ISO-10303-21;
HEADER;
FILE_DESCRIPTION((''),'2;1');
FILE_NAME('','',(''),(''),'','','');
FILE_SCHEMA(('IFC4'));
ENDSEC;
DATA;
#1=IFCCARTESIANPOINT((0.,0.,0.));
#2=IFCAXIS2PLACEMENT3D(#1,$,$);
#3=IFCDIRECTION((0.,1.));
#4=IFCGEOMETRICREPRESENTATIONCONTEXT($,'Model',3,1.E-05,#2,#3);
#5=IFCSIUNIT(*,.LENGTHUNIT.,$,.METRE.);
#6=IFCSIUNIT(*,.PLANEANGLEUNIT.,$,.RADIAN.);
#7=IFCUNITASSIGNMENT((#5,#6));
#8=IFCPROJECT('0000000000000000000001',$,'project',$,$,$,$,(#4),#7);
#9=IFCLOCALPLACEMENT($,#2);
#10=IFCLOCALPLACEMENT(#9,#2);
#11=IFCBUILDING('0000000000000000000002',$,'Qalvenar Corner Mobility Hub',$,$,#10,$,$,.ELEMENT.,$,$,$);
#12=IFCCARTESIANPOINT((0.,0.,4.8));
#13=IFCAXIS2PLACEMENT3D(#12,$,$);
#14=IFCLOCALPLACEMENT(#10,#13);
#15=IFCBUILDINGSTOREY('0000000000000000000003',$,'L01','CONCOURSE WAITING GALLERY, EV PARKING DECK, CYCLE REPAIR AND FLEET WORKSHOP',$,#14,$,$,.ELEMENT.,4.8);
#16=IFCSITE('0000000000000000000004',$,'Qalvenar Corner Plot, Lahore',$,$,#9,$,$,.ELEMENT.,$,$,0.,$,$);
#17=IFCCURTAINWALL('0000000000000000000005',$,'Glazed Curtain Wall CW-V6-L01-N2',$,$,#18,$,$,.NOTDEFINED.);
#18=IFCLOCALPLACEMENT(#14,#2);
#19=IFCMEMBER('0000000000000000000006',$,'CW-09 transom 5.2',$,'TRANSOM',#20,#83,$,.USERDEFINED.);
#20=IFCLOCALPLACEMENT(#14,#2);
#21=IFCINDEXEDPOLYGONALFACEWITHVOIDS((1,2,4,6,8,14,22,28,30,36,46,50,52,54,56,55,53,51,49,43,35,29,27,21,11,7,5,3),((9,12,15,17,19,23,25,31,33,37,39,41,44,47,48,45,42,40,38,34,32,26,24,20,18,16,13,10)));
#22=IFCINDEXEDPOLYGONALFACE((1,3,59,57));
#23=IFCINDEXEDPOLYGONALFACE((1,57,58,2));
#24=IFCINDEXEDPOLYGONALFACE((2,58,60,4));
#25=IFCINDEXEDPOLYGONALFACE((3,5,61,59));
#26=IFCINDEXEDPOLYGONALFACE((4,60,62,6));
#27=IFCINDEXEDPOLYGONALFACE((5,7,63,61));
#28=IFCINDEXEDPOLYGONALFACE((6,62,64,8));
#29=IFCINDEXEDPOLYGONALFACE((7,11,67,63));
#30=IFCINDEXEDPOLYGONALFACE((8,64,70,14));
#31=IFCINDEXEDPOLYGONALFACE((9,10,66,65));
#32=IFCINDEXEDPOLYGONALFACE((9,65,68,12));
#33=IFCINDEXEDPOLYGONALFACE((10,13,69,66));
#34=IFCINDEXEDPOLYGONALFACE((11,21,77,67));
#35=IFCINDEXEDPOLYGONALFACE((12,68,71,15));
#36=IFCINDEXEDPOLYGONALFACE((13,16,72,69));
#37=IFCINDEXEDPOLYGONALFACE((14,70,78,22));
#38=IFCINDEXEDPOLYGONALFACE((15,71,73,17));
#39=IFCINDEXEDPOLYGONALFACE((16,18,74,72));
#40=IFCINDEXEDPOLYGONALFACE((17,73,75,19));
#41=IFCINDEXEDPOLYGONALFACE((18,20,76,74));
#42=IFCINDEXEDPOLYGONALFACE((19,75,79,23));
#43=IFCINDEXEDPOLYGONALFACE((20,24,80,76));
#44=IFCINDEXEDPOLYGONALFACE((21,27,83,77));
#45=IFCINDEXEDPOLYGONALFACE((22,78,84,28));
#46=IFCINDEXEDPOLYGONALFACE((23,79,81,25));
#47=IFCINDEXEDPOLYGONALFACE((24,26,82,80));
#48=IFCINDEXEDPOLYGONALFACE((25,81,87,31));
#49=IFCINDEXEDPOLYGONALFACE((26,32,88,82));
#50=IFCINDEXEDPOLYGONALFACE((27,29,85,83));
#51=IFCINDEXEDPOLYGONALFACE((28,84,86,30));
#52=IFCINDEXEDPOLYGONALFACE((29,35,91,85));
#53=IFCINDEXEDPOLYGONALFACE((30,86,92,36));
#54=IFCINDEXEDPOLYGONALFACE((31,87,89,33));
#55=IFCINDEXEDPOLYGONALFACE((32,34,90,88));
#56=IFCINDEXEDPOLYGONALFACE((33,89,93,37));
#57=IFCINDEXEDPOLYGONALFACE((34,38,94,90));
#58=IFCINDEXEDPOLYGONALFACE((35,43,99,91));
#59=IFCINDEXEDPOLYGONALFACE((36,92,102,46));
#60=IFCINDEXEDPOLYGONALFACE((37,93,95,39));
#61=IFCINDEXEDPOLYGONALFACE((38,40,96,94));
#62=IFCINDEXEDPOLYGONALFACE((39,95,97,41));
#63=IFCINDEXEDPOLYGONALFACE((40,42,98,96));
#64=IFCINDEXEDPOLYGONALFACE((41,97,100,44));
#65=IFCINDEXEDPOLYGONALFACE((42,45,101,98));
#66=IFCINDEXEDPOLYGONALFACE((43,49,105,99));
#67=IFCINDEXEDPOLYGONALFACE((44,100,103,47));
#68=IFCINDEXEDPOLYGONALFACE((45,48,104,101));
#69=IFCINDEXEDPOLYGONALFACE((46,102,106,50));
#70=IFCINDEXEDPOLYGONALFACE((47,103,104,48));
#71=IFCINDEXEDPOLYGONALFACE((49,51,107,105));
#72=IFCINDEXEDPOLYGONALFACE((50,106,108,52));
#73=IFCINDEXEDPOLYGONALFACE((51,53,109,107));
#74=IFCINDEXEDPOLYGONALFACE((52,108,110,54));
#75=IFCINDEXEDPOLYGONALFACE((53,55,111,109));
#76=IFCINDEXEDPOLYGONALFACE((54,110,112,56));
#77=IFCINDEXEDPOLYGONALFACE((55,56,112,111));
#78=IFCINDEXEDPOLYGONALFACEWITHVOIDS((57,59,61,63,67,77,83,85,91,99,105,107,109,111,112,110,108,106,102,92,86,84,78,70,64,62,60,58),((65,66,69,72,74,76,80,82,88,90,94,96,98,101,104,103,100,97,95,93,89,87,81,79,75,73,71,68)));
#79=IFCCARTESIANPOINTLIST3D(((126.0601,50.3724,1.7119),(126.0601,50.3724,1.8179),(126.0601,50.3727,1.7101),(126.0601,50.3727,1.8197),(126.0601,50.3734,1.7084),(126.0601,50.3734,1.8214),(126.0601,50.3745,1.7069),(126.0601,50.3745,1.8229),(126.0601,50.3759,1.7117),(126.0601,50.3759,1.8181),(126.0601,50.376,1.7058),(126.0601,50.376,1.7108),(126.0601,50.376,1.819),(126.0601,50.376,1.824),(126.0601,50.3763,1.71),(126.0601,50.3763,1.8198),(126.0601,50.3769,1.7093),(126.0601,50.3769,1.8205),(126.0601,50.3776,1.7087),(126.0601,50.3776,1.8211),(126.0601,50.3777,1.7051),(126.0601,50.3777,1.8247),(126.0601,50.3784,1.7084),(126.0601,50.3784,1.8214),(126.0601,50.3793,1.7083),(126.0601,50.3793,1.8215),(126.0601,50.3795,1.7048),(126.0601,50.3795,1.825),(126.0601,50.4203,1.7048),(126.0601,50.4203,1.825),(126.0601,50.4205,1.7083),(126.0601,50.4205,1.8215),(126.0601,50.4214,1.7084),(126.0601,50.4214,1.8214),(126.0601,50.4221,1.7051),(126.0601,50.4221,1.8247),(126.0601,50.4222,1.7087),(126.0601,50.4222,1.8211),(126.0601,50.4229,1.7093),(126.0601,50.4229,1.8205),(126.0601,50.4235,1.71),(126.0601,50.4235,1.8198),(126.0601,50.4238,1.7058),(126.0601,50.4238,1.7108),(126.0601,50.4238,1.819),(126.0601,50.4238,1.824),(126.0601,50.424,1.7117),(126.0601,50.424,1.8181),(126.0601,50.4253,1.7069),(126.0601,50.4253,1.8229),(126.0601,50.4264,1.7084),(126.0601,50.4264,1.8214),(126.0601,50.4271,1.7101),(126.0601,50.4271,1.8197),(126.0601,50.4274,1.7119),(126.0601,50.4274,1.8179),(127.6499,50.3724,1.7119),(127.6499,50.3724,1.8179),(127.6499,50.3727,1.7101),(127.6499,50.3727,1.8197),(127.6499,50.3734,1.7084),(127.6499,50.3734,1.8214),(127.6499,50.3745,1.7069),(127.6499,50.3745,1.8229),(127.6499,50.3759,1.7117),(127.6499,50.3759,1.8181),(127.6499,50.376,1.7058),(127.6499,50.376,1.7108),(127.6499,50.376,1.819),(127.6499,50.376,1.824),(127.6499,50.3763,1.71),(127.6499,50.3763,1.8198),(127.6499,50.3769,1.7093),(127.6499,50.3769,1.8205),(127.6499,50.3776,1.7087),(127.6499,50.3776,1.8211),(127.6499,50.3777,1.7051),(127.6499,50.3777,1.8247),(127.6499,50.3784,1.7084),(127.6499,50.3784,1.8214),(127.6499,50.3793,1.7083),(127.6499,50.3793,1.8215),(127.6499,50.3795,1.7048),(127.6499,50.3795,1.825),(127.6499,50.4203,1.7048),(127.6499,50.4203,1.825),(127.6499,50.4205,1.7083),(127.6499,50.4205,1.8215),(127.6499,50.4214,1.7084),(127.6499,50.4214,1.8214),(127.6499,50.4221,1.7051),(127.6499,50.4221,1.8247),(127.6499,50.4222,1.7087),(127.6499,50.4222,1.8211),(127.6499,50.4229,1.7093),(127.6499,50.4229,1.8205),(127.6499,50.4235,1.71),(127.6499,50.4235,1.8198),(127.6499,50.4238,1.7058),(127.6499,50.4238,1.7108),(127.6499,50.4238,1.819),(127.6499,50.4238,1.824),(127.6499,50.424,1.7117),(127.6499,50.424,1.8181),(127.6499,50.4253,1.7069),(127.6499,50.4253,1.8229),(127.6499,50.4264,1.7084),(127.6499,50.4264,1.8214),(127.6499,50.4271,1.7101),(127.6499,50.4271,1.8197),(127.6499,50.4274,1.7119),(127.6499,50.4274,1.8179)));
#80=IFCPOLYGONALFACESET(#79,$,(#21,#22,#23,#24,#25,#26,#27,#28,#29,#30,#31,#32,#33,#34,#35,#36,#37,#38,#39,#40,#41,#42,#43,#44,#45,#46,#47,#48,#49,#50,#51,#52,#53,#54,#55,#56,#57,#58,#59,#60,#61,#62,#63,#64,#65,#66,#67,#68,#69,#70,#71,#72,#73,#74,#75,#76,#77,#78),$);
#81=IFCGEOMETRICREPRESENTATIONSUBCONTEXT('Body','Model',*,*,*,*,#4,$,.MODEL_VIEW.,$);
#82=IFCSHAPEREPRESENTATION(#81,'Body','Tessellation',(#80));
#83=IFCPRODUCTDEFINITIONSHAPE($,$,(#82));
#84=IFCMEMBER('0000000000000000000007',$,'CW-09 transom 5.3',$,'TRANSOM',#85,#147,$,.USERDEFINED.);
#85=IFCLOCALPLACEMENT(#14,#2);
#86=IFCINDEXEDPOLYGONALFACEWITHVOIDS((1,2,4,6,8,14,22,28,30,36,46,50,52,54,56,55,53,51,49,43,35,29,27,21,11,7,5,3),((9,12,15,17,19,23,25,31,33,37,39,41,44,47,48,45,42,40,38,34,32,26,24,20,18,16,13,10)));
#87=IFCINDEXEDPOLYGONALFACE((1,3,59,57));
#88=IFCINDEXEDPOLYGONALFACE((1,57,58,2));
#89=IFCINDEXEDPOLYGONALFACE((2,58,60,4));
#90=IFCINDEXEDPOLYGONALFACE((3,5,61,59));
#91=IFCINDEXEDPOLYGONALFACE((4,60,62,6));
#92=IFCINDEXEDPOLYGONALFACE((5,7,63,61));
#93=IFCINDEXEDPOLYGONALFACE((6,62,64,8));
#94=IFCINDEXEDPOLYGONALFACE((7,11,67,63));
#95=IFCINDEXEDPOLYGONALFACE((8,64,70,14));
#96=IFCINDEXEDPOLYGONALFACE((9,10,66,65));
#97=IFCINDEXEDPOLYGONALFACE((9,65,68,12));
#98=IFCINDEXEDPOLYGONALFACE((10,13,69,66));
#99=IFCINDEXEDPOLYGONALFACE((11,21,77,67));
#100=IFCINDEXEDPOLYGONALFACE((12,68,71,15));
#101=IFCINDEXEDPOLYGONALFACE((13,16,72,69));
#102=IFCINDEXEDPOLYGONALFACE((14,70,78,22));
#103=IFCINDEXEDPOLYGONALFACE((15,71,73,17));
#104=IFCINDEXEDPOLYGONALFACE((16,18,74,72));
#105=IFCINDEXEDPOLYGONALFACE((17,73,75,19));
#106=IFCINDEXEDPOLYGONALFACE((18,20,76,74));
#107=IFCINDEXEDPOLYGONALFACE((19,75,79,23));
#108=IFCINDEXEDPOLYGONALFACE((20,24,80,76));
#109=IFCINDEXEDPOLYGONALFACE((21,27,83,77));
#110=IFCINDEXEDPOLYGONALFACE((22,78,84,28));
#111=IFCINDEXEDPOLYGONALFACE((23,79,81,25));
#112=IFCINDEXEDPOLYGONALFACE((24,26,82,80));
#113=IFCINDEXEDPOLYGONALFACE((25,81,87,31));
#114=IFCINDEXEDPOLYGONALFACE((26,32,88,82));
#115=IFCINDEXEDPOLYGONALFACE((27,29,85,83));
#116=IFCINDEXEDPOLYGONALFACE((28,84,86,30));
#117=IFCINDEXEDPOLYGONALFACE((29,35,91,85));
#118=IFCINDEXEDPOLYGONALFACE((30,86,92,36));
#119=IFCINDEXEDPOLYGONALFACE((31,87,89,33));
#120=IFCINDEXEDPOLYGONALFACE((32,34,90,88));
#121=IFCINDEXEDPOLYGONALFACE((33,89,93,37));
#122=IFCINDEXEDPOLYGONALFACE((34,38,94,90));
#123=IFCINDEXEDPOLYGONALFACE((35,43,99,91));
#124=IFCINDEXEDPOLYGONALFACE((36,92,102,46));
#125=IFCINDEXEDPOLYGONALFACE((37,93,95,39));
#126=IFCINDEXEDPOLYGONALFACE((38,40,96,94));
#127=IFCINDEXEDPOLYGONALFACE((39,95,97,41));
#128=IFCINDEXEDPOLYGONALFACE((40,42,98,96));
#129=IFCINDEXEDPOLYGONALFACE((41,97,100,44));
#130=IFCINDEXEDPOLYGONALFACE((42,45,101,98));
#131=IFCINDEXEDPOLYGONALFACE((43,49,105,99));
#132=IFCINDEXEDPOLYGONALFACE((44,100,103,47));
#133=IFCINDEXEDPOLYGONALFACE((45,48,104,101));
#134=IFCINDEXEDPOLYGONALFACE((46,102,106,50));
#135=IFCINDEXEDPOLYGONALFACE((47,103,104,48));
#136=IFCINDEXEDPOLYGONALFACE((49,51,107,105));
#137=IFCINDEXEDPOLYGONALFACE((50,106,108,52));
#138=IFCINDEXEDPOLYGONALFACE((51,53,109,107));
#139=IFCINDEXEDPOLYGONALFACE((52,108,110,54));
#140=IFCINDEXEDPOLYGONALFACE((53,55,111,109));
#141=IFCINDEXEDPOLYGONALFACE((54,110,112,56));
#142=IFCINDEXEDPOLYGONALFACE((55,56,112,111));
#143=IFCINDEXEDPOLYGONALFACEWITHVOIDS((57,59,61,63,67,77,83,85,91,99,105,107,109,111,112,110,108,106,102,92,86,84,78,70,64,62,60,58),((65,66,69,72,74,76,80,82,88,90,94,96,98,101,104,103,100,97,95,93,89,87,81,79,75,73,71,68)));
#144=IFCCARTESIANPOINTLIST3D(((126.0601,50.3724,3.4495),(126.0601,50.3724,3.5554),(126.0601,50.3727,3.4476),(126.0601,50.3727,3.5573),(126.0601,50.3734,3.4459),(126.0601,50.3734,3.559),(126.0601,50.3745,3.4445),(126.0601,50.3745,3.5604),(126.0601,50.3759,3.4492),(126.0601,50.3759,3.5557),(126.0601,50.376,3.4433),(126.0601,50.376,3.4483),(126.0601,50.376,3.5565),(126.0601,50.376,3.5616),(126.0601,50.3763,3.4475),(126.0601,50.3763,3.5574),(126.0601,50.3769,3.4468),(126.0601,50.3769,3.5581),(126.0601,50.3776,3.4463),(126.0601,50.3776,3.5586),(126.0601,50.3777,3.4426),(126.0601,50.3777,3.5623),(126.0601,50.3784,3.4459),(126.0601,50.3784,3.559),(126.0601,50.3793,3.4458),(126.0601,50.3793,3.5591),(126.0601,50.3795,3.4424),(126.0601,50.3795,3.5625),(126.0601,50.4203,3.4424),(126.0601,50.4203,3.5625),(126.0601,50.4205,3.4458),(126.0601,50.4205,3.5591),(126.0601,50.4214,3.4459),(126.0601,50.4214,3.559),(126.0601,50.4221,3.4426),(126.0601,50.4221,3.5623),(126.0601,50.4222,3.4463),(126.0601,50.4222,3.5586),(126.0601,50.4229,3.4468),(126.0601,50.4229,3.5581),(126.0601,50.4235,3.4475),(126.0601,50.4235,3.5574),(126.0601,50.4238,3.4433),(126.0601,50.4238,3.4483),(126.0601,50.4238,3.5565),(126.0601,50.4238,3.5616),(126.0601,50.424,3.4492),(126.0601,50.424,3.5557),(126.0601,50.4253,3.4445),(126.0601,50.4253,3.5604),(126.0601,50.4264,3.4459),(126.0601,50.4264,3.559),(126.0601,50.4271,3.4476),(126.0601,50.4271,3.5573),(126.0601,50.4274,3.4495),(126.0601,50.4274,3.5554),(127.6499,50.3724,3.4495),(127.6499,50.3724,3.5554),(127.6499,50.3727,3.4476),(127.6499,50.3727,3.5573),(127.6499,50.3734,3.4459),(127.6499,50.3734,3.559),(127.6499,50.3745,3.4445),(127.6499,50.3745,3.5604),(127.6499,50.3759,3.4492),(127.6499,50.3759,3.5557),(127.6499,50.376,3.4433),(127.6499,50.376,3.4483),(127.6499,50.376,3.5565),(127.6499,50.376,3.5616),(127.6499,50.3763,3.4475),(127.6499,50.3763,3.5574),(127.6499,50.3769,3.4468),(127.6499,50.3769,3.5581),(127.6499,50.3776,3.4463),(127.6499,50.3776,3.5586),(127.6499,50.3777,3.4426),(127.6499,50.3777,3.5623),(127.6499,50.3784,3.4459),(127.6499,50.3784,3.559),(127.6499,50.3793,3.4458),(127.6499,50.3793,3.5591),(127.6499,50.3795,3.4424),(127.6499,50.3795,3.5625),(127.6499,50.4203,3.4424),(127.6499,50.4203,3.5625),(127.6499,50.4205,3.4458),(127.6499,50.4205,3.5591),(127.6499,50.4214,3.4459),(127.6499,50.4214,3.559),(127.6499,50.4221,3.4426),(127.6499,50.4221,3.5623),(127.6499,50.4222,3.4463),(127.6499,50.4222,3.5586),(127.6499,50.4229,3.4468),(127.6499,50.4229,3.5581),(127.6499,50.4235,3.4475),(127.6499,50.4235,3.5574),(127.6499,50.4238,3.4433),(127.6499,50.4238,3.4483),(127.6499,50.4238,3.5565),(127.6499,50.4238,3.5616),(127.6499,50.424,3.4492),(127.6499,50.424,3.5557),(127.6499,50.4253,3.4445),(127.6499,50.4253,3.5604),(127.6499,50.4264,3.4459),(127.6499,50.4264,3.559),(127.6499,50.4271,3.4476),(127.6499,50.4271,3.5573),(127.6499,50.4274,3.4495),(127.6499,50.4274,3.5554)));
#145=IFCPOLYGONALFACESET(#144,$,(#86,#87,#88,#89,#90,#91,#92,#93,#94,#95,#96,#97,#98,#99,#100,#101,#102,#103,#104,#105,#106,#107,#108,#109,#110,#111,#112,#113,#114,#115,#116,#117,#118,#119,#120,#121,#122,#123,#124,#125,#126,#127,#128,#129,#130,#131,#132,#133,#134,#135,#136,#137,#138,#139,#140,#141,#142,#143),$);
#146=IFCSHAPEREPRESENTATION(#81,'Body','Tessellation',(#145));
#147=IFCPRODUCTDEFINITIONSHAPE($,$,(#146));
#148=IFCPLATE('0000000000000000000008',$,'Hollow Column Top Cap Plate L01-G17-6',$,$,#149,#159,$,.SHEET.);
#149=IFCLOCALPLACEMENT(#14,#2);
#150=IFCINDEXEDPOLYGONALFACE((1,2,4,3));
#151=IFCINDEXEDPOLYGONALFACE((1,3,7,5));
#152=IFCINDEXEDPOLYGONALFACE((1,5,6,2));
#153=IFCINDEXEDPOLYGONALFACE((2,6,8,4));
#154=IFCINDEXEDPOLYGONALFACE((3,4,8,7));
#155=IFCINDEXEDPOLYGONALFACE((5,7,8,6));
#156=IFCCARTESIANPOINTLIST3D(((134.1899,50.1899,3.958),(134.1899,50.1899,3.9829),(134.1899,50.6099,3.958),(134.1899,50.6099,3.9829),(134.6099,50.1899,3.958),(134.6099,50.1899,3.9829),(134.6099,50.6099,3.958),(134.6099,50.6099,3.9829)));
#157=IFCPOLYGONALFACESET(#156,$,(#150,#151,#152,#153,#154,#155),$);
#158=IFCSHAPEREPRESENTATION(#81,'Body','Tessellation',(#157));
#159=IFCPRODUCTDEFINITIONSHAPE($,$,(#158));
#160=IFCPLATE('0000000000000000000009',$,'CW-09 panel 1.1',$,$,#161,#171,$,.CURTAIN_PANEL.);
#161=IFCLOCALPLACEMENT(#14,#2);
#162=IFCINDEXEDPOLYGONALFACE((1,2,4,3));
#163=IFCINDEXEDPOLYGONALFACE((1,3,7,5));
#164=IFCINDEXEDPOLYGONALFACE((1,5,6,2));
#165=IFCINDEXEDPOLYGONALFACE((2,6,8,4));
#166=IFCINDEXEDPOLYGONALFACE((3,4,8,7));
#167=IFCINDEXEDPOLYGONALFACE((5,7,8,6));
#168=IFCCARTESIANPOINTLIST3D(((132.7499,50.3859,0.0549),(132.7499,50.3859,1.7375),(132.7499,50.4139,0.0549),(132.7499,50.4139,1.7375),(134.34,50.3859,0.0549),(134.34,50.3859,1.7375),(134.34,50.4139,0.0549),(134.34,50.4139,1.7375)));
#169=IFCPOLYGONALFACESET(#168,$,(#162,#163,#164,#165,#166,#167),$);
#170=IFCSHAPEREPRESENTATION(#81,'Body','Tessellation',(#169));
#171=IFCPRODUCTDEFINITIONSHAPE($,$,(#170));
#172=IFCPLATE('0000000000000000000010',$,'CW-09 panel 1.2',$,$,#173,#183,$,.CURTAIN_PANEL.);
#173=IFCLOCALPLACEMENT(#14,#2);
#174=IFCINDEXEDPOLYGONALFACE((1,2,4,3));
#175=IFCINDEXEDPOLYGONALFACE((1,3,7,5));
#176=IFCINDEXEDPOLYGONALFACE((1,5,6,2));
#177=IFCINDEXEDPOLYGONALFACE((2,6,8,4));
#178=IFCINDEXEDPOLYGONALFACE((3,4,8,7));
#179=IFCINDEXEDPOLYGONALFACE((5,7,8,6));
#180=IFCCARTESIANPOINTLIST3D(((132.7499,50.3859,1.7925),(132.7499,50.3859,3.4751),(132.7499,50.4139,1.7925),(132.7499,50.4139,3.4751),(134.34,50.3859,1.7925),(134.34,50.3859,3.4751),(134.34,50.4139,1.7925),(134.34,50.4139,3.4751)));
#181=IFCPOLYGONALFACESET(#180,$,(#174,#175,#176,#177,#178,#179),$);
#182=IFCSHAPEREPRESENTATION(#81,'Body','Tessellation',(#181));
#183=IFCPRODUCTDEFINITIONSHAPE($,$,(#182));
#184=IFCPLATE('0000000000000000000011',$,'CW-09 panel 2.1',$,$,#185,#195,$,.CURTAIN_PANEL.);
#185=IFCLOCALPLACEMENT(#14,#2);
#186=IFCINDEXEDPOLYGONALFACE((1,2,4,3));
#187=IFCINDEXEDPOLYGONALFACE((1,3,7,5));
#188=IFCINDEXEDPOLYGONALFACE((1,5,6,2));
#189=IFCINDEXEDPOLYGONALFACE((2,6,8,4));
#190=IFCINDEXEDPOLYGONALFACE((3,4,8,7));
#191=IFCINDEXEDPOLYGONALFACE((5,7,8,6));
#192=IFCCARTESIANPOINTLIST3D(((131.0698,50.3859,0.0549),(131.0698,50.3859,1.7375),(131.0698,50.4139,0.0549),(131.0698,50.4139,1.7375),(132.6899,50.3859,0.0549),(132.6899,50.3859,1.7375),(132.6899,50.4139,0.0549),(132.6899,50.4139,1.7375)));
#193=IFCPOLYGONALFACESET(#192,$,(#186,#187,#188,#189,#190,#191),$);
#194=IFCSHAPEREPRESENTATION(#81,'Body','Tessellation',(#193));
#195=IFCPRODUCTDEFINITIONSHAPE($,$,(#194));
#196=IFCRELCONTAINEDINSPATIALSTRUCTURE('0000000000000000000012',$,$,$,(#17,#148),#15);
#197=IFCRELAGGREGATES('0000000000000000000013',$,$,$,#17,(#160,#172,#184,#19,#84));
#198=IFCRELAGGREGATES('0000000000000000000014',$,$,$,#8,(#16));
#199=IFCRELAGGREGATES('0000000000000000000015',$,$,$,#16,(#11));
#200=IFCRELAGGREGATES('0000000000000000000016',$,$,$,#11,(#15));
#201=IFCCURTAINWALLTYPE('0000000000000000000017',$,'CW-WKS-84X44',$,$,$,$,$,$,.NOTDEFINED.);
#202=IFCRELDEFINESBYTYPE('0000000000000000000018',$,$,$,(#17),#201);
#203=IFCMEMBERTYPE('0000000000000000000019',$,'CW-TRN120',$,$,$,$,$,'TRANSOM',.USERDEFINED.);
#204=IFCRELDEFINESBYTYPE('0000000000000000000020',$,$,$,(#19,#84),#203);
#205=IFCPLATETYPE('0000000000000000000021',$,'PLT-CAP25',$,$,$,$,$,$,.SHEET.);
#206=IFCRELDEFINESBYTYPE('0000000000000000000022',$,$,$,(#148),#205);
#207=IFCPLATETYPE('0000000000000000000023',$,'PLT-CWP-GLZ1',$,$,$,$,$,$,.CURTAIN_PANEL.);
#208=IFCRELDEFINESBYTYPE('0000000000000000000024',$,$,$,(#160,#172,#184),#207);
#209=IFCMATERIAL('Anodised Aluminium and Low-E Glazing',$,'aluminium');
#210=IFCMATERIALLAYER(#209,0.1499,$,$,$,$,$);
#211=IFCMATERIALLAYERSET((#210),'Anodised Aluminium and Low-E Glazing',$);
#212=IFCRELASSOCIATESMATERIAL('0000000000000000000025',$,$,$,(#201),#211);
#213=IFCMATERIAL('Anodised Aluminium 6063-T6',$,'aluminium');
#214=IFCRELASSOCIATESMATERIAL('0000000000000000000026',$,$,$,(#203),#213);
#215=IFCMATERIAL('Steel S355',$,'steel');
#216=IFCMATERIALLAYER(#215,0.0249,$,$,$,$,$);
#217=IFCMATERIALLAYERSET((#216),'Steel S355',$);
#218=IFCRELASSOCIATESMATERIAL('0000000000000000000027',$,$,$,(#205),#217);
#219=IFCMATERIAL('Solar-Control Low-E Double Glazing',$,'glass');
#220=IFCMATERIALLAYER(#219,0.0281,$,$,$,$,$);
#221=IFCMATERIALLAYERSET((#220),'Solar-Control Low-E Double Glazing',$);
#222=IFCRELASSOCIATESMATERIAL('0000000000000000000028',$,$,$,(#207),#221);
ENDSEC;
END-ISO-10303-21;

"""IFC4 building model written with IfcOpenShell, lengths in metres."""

from ifc_helpers import new_model, si_unit, direction, frame, origin, origin_2d, place, context, subcontext, project, spatial, rectangle, hollow_rectangle, extrude, material, layer, layer_set, material_profile, profile_set, type_object, element, aggregate, save


model = new_model("IFC4")

# Units and contexts
model_context = context("Model", 3, precision=1e-05, world=origin(), true_north=direction((0.0, 1.0)))
body_context = subcontext(model_context, "Body", "Model", "MODEL_VIEW")
ifc_project = project(units=[si_unit("LENGTHUNIT", "METRE"), si_unit("PLANEANGLEUNIT", "RADIAN")], contexts=[model_context])

# Site, building, storey
site_placement = place(None, origin())
site = spatial("IfcSite", under=ifc_project, at=site_placement, Name="Qalvenar Corner Plot, Lahore", CompositionType="ELEMENT", RefElevation=0.0)
building_placement = place(site_placement, origin())
building = spatial("IfcBuilding", under=site, at=building_placement, Name="Qalvenar Corner Mobility Hub", CompositionType="ELEMENT")
storey_placement = place(building_placement, frame((0.0, 0.0, 4.8)))
storey = spatial("IfcBuildingStorey", under=building, at=storey_placement, Name="L01", Description="CONCOURSE WAITING GALLERY, EV PARKING DECK, CYCLE REPAIR AND FLEET WORKSHOP", CompositionType="ELEMENT", Elevation=4.8)

# Curtain wall, members
ifc_material_1 = material(Name="Anodised Aluminium and Low-E Glazing", Category="aluminium")
ifc_layer_1 = layer(ifc_material_1, 0.1499)
ifc_layer_set_1 = layer_set([ifc_layer_1], Name="Anodised Aluminium and Low-E Glazing")
curtain_wall_type = type_object("IfcCurtainWallType", Name="CW-WKS-84X44", PredefinedType="NOTDEFINED", material=ifc_layer_set_1)
curtain_wall_placement = place(storey_placement, origin())
curtain_wall = element("IfcCurtainWall", 1, at=curtain_wall_placement, inside=storey, type_object=curtain_wall_type, Name="Glazed Curtain Wall CW-V6-L01-N2", PredefinedType="NOTDEFINED")
ifc_material_2 = material(Name="Anodised Aluminium 6063-T6", Category="aluminium")
ifc_material_profile_1 = material_profile(ifc_material_2, hollow_rectangle(XDim=0.0549, YDim=0.1201, WallThickness=0.0034, InnerFilletRadius=0.0034, OuterFilletRadius=0.0071, at=origin_2d()), Name="RHS120x55x3.5")
ifc_profile_set_1 = profile_set([ifc_material_profile_1], Name="Anodised Aluminium 6063-T6")
member_type_1 = type_object("IfcMemberType", Name="CW-TRN120", ElementType="TRANSOM", PredefinedType="USERDEFINED", material=ifc_profile_set_1)
member_1_placement = place(storey_placement, frame((127.6499, 50.3999, 1.7649), z_axis=(-1.0, 0.0, 0.0), x_axis=(0.0, -1.0, 0.0)))
member_1 = element("IfcMember", 2, at=member_1_placement, type_object=member_type_1, Name="CW-09 transom 5.2", ObjectType="TRANSOM", PredefinedType="USERDEFINED", context=body_context, shape_type="SweptSolid", body=[
    extrude(hollow_rectangle(XDim=0.0549, YDim=0.1201, WallThickness=0.0034, InnerFilletRadius=0.0034, OuterFilletRadius=0.0071, at=origin_2d()), origin(), (0.0, 0.0, 1.0), 1.5898),
])
member_2_placement = place(storey_placement, frame((127.6499, 50.3999, 3.5024), z_axis=(-1.0, 0.0, 0.0), x_axis=(0.0, -1.0, 0.0)))
member_2 = element("IfcMember", 3, at=member_2_placement, type_object=member_type_1, Name="CW-09 transom 5.3", ObjectType="TRANSOM", PredefinedType="USERDEFINED", context=body_context, shape_type="SweptSolid", body=[
    extrude(hollow_rectangle(XDim=0.0549, YDim=0.1201, WallThickness=0.0034, InnerFilletRadius=0.0034, OuterFilletRadius=0.0071, at=origin_2d()), origin(), (0.0, 0.0, 1.0), 1.5898),
])

# Plates
ifc_material_3 = material(Name="Steel S355", Category="steel")
ifc_layer_2 = layer(ifc_material_3, 0.0249)
ifc_layer_set_2 = layer_set([ifc_layer_2], Name="Steel S355")
plate_type_1 = type_object("IfcPlateType", Name="PLT-CAP25", PredefinedType="SHEET", material=ifc_layer_set_2)
plate_1_placement = place(storey_placement, frame((134.3999, 50.3999, 3.958), z_axis=(0.0, 0.0, 1.0), x_axis=(1.0, 0.0, 0.0)))
element("IfcPlate", 4, at=plate_1_placement, inside=storey, type_object=plate_type_1, Name="Hollow Column Top Cap Plate L01-G17-6", PredefinedType="SHEET", context=body_context, shape_type="SweptSolid", body=[
    extrude(rectangle(XDim=0.4199, YDim=0.4199, at=origin_2d()), origin(), (0.0, 0.0, 1.0), 0.0249),
])
ifc_material_4 = material(Name="Solar-Control Low-E Double Glazing", Category="glass")
ifc_layer_3 = layer(ifc_material_4, 0.0281)
ifc_layer_set_3 = layer_set([ifc_layer_3], Name="Solar-Control Low-E Double Glazing")
plate_type_2 = type_object("IfcPlateType", Name="PLT-CWP-GLZ1", PredefinedType="CURTAIN_PANEL", material=ifc_layer_set_3)
plate_2_placement = place(storey_placement, frame((133.5449, 50.3999, 0.0549), z_axis=(0.0, 0.0, 1.0), x_axis=(-1.0, 0.0, 0.0)))
plate_2 = element("IfcPlate", 5, at=plate_2_placement, type_object=plate_type_2, Name="CW-09 panel 1.1", PredefinedType="CURTAIN_PANEL", context=body_context, shape_type="SweptSolid", body=[
    extrude(rectangle(XDim=1.5901, YDim=0.0281, at=origin_2d()), origin(), (0.0, 0.0, 1.0), 1.6826),
])
plate_3_placement = place(storey_placement, frame((133.5449, 50.3999, 1.7925), z_axis=(0.0, 0.0, 1.0), x_axis=(-1.0, 0.0, 0.0)))
plate_3 = element("IfcPlate", 6, at=plate_3_placement, type_object=plate_type_2, Name="CW-09 panel 1.2", PredefinedType="CURTAIN_PANEL", context=body_context, shape_type="SweptSolid", body=[
    extrude(rectangle(XDim=1.5901, YDim=0.0281, at=origin_2d()), origin(), (0.0, 0.0, 1.0), 1.6826),
])
plate_4_placement = place(storey_placement, frame((131.8799, 50.3999, 0.0549), z_axis=(0.0, 0.0, 1.0), x_axis=(-1.0, 0.0, 0.0)))
plate_4 = element("IfcPlate", 7, at=plate_4_placement, type_object=plate_type_2, Name="CW-09 panel 2.1", PredefinedType="CURTAIN_PANEL", context=body_context, shape_type="SweptSolid", body=[
    extrude(rectangle(XDim=1.6201, YDim=0.0281, at=origin_2d()), origin(), (0.0, 0.0, 1.0), 1.6826),
])
aggregate(curtain_wall, [plate_2, plate_3, plate_4, member_1, member_2])

save(model, "model.ifc")
